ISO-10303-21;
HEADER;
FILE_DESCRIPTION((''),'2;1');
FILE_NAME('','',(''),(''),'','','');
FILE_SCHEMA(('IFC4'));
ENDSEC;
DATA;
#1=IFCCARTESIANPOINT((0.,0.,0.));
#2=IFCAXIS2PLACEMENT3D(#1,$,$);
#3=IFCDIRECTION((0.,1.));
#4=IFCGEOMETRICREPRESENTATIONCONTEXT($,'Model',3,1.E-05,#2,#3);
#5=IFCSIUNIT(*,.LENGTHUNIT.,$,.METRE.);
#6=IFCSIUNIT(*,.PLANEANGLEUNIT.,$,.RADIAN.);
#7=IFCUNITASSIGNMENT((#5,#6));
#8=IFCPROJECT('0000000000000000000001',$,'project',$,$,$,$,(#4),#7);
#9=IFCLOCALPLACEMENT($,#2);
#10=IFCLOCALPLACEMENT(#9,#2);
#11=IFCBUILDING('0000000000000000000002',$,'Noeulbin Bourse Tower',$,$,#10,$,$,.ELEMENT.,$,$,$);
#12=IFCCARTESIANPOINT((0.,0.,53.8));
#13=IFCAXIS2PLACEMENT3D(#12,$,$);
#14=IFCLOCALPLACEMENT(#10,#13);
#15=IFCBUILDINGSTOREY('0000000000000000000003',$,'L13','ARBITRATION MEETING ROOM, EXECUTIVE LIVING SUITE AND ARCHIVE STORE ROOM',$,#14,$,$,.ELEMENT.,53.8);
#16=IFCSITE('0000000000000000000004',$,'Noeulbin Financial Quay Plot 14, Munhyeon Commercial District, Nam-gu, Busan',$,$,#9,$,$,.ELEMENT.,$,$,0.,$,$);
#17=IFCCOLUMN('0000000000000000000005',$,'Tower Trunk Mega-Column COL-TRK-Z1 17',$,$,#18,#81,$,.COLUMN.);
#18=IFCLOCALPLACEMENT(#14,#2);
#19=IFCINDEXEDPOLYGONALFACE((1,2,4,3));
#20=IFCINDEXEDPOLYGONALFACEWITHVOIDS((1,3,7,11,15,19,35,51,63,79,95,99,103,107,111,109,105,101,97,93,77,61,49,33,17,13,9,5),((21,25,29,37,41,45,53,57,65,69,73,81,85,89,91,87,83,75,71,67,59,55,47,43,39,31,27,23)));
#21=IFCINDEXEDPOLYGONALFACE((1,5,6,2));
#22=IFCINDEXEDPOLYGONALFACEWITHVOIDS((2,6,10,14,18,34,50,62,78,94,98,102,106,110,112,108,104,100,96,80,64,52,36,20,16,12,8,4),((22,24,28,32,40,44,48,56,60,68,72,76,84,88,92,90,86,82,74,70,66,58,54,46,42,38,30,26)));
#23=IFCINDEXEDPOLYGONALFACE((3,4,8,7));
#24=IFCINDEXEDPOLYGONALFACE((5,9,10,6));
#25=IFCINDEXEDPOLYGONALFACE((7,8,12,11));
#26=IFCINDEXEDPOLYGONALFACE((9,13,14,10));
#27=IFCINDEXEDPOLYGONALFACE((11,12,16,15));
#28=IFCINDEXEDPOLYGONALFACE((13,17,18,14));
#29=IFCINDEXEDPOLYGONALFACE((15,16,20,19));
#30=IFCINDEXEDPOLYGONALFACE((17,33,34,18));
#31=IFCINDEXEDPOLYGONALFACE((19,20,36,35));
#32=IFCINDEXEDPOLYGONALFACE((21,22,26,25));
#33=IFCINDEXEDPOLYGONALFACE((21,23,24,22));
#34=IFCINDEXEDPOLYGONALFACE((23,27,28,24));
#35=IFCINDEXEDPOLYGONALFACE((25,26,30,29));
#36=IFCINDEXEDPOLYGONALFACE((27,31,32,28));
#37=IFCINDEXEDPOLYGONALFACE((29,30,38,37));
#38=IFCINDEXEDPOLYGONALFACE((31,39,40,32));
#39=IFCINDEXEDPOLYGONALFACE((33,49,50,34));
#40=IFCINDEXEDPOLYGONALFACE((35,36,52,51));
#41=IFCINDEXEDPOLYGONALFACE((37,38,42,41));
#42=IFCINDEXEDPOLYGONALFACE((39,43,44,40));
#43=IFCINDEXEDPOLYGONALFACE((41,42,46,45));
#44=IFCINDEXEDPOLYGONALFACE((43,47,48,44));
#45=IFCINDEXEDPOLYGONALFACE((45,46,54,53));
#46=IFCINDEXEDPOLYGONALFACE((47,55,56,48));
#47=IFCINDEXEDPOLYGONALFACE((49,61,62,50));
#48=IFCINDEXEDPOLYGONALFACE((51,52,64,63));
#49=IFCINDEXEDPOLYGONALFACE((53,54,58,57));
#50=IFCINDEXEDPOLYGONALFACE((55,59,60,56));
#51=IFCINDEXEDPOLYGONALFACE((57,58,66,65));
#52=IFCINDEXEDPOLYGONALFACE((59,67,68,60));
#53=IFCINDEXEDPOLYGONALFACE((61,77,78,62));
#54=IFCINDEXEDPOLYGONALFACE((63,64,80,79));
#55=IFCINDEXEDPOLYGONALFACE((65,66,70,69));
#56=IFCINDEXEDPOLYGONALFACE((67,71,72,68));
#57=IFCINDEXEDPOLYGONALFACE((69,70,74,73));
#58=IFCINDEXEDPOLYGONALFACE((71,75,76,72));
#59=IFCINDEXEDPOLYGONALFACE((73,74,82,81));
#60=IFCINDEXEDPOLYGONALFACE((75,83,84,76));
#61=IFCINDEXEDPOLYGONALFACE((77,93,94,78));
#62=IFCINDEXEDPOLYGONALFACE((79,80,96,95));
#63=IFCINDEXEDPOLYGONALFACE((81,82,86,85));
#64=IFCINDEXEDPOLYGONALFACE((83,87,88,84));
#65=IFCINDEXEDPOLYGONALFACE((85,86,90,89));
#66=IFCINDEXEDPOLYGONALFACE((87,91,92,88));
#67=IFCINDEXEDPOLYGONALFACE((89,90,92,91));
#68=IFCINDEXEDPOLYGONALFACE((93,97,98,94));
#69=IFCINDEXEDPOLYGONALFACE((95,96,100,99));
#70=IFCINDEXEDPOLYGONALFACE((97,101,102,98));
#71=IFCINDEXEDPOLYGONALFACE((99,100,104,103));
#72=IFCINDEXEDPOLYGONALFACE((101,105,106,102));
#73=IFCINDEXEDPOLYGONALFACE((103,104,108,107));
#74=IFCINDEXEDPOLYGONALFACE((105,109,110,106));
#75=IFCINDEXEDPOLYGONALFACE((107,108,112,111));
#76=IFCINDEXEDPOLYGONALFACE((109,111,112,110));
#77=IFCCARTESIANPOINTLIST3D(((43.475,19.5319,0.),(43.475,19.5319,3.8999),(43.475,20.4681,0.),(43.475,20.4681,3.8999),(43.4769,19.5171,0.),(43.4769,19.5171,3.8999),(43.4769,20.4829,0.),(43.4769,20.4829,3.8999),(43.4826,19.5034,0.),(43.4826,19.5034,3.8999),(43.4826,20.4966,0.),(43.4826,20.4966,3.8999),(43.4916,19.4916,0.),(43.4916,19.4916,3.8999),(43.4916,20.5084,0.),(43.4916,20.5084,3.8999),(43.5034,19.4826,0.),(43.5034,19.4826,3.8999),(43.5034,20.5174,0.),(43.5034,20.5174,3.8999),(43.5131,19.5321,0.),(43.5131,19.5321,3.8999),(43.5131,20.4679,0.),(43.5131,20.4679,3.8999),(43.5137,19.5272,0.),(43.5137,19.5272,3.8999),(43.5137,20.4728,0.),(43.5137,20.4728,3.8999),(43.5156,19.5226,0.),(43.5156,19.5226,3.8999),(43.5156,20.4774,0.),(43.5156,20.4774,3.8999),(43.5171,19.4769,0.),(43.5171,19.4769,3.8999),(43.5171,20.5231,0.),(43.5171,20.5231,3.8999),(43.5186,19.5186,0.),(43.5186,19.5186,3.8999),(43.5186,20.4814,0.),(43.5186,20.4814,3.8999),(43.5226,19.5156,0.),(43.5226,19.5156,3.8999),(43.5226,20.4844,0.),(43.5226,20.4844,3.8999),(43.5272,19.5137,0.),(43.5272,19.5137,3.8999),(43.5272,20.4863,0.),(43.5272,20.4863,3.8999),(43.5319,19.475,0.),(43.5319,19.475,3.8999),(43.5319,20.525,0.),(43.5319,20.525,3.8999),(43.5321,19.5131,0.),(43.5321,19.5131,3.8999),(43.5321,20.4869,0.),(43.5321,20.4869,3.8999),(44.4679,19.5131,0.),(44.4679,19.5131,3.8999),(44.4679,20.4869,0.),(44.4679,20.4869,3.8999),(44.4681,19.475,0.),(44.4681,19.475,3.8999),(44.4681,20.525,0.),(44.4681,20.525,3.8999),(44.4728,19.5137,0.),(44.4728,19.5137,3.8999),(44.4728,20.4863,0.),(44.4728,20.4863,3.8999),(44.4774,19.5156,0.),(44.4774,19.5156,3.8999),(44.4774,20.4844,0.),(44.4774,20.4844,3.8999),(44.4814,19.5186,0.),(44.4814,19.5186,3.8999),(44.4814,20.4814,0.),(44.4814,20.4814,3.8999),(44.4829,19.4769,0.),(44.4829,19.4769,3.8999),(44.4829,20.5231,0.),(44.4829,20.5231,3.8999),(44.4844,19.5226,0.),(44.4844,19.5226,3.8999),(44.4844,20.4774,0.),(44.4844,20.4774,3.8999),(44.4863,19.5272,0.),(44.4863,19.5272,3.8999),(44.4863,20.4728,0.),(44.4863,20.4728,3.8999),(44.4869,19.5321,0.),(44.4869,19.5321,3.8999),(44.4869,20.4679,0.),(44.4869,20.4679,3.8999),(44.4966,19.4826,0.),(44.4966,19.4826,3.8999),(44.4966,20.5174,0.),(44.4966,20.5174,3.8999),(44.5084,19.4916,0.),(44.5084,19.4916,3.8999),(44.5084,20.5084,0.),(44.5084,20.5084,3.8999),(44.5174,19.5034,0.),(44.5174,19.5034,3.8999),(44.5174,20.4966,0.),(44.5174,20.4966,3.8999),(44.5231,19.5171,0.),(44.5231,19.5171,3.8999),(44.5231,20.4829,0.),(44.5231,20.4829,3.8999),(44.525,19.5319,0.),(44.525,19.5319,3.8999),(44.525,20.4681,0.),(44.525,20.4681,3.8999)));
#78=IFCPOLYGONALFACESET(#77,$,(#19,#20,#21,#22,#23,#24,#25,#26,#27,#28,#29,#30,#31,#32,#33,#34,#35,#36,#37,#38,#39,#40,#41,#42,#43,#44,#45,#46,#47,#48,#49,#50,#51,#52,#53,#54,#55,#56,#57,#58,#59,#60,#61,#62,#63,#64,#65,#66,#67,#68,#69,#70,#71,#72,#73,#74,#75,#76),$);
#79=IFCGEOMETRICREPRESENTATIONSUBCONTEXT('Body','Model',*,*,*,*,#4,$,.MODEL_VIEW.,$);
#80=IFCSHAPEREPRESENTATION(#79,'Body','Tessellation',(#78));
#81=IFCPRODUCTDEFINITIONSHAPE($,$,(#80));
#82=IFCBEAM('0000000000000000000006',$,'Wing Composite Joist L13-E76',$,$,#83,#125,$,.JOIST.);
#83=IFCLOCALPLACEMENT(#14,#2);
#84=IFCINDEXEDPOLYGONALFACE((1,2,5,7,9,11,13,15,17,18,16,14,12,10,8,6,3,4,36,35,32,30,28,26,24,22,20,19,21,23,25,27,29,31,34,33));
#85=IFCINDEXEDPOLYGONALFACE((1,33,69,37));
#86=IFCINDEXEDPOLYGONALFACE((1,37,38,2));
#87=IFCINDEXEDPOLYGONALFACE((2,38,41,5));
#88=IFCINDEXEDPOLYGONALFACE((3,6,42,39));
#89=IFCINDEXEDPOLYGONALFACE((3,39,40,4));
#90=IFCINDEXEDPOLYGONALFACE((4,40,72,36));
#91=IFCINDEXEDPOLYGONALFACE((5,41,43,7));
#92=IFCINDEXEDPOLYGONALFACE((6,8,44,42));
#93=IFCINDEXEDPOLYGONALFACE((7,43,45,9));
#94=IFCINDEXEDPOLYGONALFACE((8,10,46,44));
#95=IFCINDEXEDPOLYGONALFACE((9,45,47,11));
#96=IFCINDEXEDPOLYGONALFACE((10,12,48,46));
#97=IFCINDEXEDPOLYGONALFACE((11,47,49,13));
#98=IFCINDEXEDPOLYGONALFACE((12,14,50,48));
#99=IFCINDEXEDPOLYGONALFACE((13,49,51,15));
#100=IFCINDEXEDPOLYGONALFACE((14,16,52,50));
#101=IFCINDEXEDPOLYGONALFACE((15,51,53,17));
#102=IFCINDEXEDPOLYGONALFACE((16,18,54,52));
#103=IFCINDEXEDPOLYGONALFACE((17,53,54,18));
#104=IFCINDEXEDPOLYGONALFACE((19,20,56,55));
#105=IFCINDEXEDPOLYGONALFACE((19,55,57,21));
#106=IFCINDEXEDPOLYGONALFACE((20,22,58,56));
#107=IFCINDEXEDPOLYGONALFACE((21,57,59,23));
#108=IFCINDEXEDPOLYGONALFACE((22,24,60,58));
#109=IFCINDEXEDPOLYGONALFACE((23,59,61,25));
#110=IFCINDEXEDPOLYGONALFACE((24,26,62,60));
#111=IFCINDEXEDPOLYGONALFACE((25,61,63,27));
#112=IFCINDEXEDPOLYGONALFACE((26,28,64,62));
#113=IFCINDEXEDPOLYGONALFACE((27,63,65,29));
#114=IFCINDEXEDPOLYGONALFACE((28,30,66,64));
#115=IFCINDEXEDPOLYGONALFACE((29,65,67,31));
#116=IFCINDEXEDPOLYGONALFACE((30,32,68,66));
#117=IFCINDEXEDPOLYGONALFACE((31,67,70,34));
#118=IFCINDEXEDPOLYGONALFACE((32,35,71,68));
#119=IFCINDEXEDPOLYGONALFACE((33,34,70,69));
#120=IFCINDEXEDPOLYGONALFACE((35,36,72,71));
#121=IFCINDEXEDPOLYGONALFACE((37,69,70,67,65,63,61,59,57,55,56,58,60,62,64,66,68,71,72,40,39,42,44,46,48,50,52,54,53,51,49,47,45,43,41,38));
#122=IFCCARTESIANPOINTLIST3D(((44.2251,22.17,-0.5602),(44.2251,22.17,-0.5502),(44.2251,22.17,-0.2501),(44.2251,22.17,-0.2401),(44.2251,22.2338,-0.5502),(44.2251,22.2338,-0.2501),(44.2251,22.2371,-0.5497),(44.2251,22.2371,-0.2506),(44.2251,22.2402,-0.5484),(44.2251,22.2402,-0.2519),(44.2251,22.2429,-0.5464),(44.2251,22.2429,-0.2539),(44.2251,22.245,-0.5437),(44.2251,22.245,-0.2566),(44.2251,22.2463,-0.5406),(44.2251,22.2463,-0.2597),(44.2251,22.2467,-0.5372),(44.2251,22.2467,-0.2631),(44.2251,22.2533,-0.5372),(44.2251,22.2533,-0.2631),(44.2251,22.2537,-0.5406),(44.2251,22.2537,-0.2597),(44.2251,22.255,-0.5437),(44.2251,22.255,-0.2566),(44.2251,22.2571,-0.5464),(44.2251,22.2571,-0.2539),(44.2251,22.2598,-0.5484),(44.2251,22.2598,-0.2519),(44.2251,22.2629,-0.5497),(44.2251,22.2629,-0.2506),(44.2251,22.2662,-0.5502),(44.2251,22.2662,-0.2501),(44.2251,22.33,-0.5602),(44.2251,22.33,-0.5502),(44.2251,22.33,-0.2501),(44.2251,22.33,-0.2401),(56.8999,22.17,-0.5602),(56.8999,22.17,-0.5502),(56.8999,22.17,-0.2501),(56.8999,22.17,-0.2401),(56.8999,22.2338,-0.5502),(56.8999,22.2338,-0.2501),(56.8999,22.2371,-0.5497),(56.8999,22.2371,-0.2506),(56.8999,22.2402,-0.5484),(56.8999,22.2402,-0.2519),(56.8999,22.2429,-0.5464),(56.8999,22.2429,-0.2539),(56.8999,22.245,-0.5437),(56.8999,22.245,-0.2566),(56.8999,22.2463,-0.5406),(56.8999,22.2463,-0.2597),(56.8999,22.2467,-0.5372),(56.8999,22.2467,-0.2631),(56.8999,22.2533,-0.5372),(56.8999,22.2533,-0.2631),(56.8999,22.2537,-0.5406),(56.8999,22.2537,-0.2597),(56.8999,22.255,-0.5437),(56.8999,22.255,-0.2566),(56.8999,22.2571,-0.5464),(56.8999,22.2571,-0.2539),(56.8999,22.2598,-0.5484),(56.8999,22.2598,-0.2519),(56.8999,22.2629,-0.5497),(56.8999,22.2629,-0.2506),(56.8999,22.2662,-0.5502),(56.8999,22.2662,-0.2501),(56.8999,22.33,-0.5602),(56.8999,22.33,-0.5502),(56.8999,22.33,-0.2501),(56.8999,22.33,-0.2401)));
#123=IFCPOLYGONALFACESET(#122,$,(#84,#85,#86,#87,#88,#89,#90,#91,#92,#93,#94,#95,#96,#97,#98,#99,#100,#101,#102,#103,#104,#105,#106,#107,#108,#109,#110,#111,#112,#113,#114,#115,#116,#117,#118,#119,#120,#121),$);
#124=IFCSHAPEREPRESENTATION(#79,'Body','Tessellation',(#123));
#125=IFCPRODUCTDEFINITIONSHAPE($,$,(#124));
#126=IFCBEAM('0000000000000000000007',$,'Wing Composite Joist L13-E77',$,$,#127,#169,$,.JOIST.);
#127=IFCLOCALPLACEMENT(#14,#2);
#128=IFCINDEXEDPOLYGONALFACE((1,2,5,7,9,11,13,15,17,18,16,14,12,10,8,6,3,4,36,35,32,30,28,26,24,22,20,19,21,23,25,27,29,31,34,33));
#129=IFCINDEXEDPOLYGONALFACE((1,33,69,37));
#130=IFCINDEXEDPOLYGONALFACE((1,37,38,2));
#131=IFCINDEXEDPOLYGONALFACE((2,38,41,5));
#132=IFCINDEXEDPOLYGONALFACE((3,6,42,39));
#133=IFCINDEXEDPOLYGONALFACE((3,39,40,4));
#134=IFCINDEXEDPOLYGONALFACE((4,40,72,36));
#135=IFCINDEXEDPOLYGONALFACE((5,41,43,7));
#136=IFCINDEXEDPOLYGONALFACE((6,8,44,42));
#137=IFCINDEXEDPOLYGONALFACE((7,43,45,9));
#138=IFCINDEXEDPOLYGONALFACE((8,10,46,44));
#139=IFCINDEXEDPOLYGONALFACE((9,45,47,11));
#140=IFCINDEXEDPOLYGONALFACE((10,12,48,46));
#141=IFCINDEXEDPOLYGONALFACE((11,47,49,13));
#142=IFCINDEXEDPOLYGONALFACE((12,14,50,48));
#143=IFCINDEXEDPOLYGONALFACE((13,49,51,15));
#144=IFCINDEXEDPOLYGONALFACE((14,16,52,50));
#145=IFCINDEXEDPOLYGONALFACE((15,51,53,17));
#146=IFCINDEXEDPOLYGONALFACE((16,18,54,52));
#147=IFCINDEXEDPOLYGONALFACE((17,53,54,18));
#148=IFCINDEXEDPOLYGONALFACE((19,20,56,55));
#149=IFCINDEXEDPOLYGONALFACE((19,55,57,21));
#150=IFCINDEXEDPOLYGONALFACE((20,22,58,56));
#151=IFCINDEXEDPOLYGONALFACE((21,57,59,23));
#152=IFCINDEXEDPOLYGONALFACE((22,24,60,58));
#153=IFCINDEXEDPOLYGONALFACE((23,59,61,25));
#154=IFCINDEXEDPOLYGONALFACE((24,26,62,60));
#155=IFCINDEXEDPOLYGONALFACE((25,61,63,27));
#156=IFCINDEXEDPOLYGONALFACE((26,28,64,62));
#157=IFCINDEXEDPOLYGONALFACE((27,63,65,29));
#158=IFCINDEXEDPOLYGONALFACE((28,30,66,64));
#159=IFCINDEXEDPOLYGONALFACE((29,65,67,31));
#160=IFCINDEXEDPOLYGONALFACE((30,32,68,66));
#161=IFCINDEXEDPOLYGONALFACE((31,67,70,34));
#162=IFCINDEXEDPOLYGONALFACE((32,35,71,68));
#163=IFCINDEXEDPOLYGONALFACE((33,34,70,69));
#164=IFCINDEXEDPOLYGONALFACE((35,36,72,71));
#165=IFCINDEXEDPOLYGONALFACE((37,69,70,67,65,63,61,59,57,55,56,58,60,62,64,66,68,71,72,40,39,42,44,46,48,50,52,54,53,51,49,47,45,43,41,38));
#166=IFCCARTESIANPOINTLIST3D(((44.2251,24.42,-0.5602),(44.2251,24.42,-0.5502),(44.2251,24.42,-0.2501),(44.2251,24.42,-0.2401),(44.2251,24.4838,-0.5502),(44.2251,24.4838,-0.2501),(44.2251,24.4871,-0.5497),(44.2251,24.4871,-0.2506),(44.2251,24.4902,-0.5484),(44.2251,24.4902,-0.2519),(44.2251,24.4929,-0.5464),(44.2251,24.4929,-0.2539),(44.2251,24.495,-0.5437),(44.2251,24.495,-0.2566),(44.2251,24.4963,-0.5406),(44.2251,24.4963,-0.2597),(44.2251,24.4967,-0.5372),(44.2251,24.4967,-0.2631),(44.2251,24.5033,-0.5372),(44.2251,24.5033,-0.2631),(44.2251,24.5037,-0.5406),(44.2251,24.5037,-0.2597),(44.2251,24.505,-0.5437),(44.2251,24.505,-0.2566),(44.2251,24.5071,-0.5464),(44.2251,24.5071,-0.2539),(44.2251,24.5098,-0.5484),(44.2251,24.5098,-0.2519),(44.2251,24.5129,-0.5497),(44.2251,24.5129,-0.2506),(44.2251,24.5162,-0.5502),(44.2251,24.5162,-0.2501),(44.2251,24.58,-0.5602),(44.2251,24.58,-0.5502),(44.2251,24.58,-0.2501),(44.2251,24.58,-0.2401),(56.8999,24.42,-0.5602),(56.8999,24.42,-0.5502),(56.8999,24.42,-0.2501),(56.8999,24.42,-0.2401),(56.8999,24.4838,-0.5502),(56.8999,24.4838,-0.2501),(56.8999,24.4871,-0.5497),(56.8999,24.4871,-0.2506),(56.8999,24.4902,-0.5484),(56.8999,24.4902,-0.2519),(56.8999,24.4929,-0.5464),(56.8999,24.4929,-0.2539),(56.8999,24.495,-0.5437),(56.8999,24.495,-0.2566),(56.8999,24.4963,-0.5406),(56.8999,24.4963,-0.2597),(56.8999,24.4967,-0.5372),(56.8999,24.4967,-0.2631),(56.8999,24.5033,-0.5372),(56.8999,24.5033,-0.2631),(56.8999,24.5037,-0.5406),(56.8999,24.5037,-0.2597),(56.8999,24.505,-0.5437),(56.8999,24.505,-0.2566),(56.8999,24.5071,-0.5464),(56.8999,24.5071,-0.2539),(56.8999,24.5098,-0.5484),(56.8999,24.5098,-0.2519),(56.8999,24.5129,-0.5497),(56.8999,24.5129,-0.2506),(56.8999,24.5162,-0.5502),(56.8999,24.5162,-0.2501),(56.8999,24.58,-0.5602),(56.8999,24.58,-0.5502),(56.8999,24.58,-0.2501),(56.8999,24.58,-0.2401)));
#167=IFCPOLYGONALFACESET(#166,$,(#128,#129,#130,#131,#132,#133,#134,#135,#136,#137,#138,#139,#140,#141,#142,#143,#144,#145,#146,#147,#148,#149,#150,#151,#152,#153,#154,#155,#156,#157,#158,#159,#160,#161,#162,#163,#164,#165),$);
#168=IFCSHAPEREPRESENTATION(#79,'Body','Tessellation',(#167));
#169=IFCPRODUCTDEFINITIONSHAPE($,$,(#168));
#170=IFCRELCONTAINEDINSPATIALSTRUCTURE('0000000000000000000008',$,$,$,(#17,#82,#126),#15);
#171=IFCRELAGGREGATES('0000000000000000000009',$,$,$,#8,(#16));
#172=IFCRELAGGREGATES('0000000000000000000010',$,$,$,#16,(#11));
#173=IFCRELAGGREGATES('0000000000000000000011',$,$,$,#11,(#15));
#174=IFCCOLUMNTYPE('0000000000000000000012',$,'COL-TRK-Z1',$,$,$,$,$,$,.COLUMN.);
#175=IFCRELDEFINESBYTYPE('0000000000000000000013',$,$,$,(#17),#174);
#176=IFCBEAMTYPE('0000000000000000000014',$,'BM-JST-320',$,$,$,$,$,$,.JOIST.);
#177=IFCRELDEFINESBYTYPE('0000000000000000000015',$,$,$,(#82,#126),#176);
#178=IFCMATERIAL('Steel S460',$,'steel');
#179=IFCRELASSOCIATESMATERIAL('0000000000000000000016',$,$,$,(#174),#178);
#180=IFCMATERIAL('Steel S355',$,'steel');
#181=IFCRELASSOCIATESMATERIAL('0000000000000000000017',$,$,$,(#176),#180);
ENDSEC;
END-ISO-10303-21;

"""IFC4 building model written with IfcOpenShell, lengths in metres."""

from ifc_helpers import new_model, si_unit, direction, frame, origin, origin_2d, place, context, subcontext, project, spatial, hollow_rectangle, i_section, extrude, material, material_profile, profile_set, type_object, element, save


model = new_model("IFC4")

# Units and contexts
model_context = context("Model", 3, precision=1e-05, world=origin(), true_north=direction((0.0, 1.0)))
body_context = subcontext(model_context, "Body", "Model", "MODEL_VIEW")
ifc_project = project(units=[si_unit("LENGTHUNIT", "METRE"), si_unit("PLANEANGLEUNIT", "RADIAN")], contexts=[model_context])

# Site, building, storey
site_placement = place(None, origin())
site = spatial("IfcSite", under=ifc_project, at=site_placement, Name="Noeulbin Financial Quay Plot 14, Munhyeon Commercial District, Nam-gu, Busan", CompositionType="ELEMENT", RefElevation=0.0)
building_placement = place(site_placement, origin())
building = spatial("IfcBuilding", under=site, at=building_placement, Name="Noeulbin Bourse Tower", CompositionType="ELEMENT")
storey_placement = place(building_placement, frame((0.0, 0.0, 53.8)))
storey = spatial("IfcBuildingStorey", under=building, at=storey_placement, Name="L13", Description="ARBITRATION MEETING ROOM, EXECUTIVE LIVING SUITE AND ARCHIVE STORE ROOM", CompositionType="ELEMENT", Elevation=53.8)

# Column
ifc_material_1 = material(Name="Steel S460", Category="steel")
ifc_material_profile_1 = material_profile(ifc_material_1, hollow_rectangle(XDim=1.05, YDim=1.05, WallThickness=0.0381, InnerFilletRadius=0.019, OuterFilletRadius=0.0569, at=origin_2d()), Name="BOX-1050x1050x38", Category="LoadBearing")
ifc_profile_set_1 = profile_set([ifc_material_profile_1], Name="Steel S460")
column_type_1 = type_object("IfcColumnType", Name="COL-TRK-Z1", PredefinedType="COLUMN", material=ifc_profile_set_1)
for number, where, z_axis, x_axis, name in (
    (1, (44.0, 20.0, 0.0), (0.0, 0.0, 1.0), (1.0, 0.0, 0.0), "Tower Trunk Mega-Column COL-TRK-Z1 17"),
):
    element("IfcColumn", number, at=place(storey_placement, frame(where, z_axis=z_axis, x_axis=x_axis)), inside=storey, type_object=column_type_1, Name=name, PredefinedType="COLUMN", context=body_context, shape_type="SweptSolid", body=[
        extrude(hollow_rectangle(XDim=1.05, YDim=1.05, WallThickness=0.0381, InnerFilletRadius=0.019, OuterFilletRadius=0.0569, at=origin_2d()), origin(), (0.0, 0.0, 1.0), 3.8999),
    ])

# Beams
ifc_material_2 = material(Name="Steel S355", Category="steel")
ifc_material_profile_2 = material_profile(ifc_material_2, i_section(OverallWidth=0.1599, OverallDepth=0.3201, WebThickness=0.0066, FlangeThickness=0.01, FilletRadius=0.0129, at=origin_2d()), Name="H-320x160x6.5x10", Category="LoadBearing")
ifc_profile_set_2 = profile_set([ifc_material_profile_2], Name="Steel S355")
beam_type_1 = type_object("IfcBeamType", Name="BM-JST-320", PredefinedType="JOIST", material=ifc_profile_set_2)
for number, where, z_axis, x_axis, name in (
    (2, (44.2251, 22.25, -0.4001), (1.0, 0.0, 0.0), (0.0, 1.0, 0.0), "Wing Composite Joist L13-E76"),
    (3, (44.2251, 24.5, -0.4001), (1.0, 0.0, 0.0), (0.0, 1.0, 0.0), "Wing Composite Joist L13-E77"),
):
    element("IfcBeam", number, at=place(storey_placement, frame(where, z_axis=z_axis, x_axis=x_axis)), inside=storey, type_object=beam_type_1, Name=name, PredefinedType="JOIST", context=body_context, shape_type="SweptSolid", body=[
        extrude(i_section(OverallWidth=0.1599, OverallDepth=0.3201, WebThickness=0.0066, FlangeThickness=0.01, FilletRadius=0.0129, at=origin_2d()), origin(), (0.0, 0.0, 1.0), 12.6748),
    ])

save(model, "model.ifc")
